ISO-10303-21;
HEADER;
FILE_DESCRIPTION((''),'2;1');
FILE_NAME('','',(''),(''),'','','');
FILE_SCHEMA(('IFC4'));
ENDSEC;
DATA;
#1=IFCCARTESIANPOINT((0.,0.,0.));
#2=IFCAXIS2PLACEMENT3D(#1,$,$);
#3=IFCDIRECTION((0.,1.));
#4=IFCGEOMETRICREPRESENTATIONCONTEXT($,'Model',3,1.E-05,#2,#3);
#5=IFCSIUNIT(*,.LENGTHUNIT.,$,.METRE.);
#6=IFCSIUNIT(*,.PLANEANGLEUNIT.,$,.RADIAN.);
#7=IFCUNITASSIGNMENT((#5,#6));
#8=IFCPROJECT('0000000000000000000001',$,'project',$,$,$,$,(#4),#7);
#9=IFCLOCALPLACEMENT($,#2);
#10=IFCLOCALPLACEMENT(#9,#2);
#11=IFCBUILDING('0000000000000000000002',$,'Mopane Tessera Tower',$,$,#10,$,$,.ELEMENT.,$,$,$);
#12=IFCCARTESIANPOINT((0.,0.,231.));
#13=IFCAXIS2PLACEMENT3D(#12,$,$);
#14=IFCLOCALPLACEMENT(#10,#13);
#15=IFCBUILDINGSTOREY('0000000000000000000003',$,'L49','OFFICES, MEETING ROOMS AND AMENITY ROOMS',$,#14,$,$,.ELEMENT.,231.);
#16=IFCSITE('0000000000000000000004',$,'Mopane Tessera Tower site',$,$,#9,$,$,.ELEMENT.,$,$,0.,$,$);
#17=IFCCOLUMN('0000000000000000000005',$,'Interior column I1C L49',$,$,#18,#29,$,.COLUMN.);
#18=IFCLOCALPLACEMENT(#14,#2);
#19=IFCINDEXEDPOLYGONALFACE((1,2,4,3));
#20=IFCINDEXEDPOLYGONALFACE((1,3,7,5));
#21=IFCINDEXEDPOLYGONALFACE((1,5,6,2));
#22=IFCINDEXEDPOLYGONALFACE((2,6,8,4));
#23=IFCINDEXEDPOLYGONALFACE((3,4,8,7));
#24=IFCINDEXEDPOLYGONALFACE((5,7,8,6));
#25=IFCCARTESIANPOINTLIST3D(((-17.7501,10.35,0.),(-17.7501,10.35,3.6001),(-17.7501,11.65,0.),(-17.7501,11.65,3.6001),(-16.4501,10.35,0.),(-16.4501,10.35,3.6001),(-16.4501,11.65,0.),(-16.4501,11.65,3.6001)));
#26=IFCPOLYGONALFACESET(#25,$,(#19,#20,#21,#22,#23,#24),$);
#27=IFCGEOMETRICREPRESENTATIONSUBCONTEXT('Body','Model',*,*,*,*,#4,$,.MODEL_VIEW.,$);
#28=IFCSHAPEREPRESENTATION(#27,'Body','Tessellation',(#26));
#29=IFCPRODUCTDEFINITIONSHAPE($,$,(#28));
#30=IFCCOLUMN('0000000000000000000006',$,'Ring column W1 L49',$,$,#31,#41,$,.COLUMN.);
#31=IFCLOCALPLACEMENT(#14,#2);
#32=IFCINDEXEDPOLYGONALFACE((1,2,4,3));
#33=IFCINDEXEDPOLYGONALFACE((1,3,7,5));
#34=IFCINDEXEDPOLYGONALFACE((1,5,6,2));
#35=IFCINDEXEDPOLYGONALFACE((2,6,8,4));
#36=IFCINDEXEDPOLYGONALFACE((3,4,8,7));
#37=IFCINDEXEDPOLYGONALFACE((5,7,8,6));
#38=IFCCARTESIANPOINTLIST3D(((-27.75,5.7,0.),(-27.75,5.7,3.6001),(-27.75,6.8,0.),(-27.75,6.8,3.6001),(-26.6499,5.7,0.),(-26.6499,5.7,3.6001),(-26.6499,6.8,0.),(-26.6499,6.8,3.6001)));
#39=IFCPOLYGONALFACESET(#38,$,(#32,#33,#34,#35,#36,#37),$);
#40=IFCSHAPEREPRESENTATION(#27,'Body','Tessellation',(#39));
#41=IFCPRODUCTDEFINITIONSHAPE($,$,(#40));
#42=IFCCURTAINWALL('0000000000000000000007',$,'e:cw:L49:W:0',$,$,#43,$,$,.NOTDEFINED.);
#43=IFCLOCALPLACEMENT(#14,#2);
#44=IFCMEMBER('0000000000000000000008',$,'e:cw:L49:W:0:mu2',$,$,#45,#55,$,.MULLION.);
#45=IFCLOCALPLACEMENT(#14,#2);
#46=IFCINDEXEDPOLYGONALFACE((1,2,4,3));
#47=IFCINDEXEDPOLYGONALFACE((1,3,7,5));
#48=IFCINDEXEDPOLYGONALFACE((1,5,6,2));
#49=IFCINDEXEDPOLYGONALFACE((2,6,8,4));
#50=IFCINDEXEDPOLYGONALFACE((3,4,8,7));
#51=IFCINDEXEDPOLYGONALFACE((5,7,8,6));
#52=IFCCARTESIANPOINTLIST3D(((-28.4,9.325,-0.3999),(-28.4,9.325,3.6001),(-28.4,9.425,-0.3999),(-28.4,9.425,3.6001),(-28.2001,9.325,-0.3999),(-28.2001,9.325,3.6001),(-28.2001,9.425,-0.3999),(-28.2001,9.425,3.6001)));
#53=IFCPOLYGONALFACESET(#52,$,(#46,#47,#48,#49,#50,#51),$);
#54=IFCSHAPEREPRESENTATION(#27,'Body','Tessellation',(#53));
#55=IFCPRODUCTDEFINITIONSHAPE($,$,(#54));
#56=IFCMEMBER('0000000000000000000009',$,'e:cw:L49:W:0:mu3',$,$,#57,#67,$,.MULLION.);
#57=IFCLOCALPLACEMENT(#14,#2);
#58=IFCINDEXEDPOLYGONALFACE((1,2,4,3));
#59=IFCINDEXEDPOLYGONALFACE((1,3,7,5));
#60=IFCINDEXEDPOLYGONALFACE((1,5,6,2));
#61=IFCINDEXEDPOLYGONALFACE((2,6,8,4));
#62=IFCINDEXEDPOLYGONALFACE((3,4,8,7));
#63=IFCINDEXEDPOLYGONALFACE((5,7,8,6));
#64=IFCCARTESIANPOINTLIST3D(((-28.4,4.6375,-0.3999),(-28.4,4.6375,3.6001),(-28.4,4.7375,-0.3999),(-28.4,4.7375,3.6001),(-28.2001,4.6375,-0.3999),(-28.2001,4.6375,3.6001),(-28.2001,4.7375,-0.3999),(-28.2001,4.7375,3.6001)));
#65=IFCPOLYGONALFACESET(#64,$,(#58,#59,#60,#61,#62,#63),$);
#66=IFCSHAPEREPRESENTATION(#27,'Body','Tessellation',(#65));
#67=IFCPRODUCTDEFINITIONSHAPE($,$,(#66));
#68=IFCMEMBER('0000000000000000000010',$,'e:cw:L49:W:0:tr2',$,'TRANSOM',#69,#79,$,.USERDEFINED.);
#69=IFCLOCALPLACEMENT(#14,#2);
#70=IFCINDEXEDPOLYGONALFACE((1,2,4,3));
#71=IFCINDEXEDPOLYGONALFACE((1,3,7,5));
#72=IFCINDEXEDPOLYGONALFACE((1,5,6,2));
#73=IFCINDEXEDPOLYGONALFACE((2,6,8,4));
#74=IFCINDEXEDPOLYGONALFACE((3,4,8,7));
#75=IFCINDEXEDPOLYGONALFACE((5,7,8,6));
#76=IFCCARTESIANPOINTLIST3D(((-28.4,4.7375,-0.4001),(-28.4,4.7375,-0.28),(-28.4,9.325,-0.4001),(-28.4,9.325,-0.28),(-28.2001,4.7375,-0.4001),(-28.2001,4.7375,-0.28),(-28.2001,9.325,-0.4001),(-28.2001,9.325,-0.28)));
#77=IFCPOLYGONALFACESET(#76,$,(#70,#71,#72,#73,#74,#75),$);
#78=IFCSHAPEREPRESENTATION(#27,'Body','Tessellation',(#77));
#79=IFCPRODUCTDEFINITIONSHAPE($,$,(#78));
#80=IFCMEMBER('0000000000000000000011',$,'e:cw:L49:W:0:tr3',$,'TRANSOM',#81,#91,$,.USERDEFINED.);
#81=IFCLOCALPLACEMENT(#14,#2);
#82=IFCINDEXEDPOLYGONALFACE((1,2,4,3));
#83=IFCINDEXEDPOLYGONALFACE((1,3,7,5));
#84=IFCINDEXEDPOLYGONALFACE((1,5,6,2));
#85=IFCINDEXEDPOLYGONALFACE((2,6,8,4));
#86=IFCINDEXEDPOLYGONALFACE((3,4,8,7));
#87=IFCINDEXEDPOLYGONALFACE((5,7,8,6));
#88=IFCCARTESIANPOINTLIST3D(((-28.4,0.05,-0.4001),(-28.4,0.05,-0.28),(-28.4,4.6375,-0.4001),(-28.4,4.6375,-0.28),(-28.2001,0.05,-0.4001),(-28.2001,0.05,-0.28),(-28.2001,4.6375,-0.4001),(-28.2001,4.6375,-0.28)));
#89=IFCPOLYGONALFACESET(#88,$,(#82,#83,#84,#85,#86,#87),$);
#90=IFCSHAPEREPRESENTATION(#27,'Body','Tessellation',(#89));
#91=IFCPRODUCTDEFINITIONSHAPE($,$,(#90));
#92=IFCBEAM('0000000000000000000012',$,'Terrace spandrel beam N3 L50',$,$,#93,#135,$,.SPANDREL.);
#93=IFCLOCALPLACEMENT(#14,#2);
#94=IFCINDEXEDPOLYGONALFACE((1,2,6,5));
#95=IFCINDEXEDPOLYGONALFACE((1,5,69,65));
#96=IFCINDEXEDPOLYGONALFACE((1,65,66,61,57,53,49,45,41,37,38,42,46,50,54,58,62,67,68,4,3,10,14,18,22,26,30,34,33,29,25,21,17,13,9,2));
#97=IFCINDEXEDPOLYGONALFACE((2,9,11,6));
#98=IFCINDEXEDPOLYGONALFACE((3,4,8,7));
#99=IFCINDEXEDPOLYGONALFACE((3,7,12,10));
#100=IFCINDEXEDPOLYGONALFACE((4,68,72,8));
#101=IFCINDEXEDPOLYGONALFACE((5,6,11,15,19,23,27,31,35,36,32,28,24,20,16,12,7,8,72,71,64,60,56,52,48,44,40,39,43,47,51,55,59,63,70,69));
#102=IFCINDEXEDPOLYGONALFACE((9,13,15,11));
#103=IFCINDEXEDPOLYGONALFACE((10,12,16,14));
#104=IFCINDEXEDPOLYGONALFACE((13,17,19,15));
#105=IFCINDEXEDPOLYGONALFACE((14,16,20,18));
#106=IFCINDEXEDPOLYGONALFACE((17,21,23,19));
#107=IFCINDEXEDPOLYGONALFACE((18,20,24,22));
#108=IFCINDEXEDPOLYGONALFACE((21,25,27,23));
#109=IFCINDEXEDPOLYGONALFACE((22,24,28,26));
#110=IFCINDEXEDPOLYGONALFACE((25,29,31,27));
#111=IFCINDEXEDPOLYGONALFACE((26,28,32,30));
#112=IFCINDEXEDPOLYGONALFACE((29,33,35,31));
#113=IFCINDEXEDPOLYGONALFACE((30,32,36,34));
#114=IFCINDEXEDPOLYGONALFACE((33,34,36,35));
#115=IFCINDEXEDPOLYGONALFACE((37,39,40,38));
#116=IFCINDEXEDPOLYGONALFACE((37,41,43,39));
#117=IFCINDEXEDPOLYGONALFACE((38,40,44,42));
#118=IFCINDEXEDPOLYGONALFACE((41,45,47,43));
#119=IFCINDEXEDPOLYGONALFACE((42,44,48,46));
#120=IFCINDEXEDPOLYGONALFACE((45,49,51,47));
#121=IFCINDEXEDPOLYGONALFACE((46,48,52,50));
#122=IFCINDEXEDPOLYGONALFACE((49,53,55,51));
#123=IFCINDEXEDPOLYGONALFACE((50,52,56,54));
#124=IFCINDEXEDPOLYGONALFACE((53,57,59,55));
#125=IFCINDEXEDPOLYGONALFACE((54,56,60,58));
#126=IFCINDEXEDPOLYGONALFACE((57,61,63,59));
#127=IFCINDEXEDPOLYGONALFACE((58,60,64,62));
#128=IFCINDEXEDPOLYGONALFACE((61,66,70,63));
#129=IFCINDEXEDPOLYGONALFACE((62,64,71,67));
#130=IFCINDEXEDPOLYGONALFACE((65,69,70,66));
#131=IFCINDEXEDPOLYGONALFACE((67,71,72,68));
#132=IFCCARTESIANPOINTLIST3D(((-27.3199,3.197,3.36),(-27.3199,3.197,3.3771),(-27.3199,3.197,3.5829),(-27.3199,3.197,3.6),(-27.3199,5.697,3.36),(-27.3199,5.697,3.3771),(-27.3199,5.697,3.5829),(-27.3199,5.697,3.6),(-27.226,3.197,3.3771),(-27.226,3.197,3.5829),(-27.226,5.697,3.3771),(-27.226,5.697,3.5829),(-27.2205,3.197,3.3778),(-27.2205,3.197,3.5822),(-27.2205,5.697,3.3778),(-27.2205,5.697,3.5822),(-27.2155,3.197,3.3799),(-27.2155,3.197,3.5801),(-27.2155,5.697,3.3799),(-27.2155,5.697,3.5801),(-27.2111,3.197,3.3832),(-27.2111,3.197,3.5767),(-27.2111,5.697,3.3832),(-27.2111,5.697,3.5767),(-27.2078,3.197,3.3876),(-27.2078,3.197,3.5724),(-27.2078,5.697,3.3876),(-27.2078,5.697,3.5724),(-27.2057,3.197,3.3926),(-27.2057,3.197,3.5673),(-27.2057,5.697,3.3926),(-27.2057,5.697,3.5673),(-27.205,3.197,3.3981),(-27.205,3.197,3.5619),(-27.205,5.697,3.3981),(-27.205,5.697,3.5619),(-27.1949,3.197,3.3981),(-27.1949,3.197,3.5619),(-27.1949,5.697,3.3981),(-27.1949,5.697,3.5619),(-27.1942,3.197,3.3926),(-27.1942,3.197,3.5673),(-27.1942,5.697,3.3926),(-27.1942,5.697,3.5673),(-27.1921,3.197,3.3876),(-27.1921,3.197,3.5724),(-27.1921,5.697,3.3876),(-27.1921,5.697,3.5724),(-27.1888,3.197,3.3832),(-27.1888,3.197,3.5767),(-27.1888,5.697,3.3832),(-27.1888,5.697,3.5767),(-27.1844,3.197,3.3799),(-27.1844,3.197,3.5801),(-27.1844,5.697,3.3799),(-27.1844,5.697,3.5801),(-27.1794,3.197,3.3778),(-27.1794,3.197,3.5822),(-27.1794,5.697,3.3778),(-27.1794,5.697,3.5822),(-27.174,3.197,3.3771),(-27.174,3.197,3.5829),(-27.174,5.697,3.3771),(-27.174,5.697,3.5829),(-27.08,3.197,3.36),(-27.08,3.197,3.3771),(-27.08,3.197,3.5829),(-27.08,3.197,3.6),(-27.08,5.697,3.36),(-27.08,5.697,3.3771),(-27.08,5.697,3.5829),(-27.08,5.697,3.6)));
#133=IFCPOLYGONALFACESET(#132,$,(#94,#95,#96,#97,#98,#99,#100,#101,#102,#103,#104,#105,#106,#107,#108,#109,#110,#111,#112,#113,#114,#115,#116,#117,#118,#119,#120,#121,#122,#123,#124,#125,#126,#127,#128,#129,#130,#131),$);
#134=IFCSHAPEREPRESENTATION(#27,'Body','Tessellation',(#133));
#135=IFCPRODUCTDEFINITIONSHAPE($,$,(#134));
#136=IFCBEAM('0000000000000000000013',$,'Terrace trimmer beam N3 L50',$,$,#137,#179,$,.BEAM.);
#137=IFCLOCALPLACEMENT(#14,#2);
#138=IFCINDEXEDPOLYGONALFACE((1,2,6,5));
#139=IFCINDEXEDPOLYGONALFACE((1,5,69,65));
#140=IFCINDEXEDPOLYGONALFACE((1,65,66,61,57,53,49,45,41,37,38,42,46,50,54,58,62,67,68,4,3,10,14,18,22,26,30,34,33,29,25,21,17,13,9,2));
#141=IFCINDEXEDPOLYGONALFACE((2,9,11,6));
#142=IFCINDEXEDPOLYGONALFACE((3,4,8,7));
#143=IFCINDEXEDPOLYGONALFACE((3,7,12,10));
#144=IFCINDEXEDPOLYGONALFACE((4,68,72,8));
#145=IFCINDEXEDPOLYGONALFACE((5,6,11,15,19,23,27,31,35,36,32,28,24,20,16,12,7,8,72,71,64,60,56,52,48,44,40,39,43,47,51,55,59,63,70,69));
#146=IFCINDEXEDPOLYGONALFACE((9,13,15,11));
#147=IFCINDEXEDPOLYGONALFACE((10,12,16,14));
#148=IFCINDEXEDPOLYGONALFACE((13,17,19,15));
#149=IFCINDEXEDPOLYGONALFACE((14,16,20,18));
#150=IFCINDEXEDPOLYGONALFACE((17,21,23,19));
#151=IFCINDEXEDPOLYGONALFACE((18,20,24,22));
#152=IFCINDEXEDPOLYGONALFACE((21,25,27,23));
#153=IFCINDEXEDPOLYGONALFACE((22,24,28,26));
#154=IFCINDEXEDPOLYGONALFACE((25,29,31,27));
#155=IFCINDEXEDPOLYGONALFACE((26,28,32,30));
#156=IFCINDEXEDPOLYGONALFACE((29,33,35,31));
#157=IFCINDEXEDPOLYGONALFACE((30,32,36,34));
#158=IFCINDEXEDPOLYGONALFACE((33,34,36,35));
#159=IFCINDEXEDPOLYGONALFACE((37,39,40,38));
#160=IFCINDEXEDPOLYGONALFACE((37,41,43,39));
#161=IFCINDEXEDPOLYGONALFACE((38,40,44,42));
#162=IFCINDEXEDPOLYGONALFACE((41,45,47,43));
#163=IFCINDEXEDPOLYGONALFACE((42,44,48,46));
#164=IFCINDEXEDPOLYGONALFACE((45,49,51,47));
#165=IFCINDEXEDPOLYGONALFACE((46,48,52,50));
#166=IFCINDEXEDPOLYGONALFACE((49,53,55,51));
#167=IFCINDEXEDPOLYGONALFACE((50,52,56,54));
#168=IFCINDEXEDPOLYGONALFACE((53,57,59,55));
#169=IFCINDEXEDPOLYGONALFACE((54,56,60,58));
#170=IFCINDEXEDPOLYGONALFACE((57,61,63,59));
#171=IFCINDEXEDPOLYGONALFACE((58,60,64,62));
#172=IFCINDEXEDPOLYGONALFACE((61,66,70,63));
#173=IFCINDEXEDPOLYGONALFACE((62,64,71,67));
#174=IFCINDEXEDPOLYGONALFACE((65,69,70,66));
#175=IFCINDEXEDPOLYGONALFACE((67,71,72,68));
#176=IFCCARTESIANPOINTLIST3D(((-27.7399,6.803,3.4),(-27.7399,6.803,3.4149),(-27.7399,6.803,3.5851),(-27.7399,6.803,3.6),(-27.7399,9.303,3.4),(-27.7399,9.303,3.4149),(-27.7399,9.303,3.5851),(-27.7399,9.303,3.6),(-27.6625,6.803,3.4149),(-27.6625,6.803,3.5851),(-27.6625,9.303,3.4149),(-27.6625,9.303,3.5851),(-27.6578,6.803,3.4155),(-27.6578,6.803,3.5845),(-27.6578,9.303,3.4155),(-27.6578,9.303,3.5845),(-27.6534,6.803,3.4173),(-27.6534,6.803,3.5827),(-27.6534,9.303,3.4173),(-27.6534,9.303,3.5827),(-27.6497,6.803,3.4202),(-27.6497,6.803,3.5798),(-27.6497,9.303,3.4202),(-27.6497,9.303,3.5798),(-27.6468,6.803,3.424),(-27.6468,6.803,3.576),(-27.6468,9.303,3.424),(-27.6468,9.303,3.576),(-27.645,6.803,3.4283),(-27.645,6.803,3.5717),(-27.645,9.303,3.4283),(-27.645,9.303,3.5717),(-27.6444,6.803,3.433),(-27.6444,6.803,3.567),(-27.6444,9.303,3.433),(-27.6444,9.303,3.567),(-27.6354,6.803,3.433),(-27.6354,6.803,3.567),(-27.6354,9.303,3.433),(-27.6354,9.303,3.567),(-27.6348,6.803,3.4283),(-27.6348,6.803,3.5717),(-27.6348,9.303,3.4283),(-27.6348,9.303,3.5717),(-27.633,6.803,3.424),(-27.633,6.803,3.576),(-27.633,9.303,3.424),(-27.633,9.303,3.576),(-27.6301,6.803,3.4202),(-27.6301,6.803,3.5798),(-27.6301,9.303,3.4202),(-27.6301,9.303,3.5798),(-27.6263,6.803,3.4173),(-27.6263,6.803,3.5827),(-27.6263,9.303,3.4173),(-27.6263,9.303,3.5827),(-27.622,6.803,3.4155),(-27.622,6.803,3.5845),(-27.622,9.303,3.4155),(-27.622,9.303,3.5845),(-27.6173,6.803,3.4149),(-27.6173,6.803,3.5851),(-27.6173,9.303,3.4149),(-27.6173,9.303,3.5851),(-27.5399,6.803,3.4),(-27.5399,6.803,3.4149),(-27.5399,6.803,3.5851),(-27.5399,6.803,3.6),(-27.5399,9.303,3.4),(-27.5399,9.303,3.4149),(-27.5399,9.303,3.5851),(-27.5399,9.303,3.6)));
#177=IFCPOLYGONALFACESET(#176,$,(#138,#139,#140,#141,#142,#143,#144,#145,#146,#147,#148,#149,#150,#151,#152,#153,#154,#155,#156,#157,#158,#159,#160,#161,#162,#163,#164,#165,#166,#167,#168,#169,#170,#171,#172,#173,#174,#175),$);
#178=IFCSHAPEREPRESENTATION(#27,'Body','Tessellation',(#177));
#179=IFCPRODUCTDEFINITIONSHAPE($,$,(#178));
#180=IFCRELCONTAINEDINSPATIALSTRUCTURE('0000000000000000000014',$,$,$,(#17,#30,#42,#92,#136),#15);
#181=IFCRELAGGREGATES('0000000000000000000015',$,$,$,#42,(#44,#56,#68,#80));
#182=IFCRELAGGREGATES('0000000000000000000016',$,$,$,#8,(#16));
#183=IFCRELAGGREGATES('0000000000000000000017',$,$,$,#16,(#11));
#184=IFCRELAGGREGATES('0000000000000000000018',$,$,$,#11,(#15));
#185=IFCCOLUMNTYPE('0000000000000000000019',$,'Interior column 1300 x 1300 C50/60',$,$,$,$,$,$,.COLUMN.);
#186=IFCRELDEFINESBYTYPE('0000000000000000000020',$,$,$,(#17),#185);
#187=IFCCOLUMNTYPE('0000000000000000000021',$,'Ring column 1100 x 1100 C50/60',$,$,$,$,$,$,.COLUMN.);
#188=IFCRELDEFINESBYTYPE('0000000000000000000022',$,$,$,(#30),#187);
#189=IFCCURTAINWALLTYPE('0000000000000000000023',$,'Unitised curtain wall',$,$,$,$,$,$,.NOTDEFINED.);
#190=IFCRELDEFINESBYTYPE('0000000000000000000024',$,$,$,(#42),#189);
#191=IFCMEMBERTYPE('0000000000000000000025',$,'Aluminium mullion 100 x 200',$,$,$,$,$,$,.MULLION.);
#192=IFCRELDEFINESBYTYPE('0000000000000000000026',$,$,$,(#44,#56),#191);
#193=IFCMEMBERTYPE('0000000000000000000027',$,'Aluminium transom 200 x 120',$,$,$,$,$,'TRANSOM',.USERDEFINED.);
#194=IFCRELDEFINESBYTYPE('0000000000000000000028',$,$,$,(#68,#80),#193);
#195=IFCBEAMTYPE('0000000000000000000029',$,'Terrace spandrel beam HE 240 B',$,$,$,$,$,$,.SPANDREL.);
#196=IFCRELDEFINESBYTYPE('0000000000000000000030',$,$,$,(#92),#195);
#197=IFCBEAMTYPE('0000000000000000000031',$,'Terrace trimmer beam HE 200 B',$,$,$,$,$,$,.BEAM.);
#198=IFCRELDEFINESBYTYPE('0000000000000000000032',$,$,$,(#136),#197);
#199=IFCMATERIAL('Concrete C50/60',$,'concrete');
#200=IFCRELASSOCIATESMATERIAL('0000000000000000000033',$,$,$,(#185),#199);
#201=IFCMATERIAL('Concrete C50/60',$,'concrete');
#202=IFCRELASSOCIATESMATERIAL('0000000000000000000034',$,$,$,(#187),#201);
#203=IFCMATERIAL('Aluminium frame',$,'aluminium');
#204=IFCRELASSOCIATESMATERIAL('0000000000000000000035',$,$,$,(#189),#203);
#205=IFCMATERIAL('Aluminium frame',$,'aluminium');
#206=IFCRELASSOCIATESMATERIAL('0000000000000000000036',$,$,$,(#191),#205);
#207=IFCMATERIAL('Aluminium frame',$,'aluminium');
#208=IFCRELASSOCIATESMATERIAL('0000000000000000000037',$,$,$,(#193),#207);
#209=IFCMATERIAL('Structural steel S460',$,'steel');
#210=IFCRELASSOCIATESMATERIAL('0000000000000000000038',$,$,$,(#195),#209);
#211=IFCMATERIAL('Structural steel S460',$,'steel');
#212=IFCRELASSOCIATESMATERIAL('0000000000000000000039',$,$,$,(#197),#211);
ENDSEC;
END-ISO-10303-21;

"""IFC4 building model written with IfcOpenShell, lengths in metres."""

from ifc_helpers import new_model, si_unit, direction, frame, origin, origin_2d, place, context, subcontext, project, spatial, rectangle, i_section, extrude, material, material_profile, profile_set, type_object, element, aggregate, save


model = new_model("IFC4")

# Units and contexts
model_context = context("Model", 3, precision=1e-05, world=origin(), true_north=direction((0.0, 1.0)))
body_context = subcontext(model_context, "Body", "Model", "MODEL_VIEW")
ifc_project = project(units=[si_unit("LENGTHUNIT", "METRE"), si_unit("PLANEANGLEUNIT", "RADIAN")], contexts=[model_context])

# Site, building, storey
site_placement = place(None, origin())
site = spatial("IfcSite", under=ifc_project, at=site_placement, Name="Mopane Tessera Tower site", CompositionType="ELEMENT", RefElevation=0.0)
building_placement = place(site_placement, origin())
building = spatial("IfcBuilding", under=site, at=building_placement, Name="Mopane Tessera Tower", CompositionType="ELEMENT")
storey_placement = place(building_placement, frame((0.0, 0.0, 231.0)))
storey = spatial("IfcBuildingStorey", under=building, at=storey_placement, Name="L49", Description="OFFICES, MEETING ROOMS AND AMENITY ROOMS", CompositionType="ELEMENT", Elevation=231.0)

# Columns
ifc_material_1 = material(Name="Concrete C50/60", Category="concrete")
ifc_material_profile_1 = material_profile(ifc_material_1, rectangle(XDim=1.3, YDim=1.3, at=origin_2d()))
ifc_profile_set_1 = profile_set([ifc_material_profile_1], Name="Concrete C50/60")
column_type_1 = type_object("IfcColumnType", Name="Interior column 1300 x 1300 C50/60", PredefinedType="COLUMN", material=ifc_profile_set_1)
column_1_placement = place(storey_placement, frame((-17.1001, 11.0, 0.0), z_axis=(0.0, 0.0, 1.0), x_axis=(1.0, 0.0, 0.0)))
element("IfcColumn", 1, at=column_1_placement, inside=storey, type_object=column_type_1, Name="Interior column I1C L49", PredefinedType="COLUMN", context=body_context, shape_type="SweptSolid", body=[
    extrude(rectangle(XDim=1.3, YDim=1.3, at=origin_2d()), origin(), (0.0, 0.0, 1.0), 3.6001),
])
ifc_material_2 = material(Name="Concrete C50/60", Category="concrete")
ifc_material_profile_2 = material_profile(ifc_material_2, rectangle(XDim=1.1001, YDim=1.1001, at=origin_2d()))
ifc_profile_set_2 = profile_set([ifc_material_profile_2], Name="Concrete C50/60")
column_type_2 = type_object("IfcColumnType", Name="Ring column 1100 x 1100 C50/60", PredefinedType="COLUMN", material=ifc_profile_set_2)
column_2_placement = place(storey_placement, frame((-27.2, 6.25, 0.0), z_axis=(0.0, 0.0, 1.0), x_axis=(1.0, 0.0, 0.0)))
element("IfcColumn", 2, at=column_2_placement, inside=storey, type_object=column_type_2, Name="Ring column W1 L49", PredefinedType="COLUMN", context=body_context, shape_type="SweptSolid", body=[
    extrude(rectangle(XDim=1.1001, YDim=1.1001, at=origin_2d()), origin(), (0.0, 0.0, 1.0), 3.6001),
])

# Curtain wall, members
ifc_material_3 = material(Name="Aluminium frame", Category="aluminium")
curtain_wall_type = type_object("IfcCurtainWallType", Name="Unitised curtain wall", PredefinedType="NOTDEFINED", material=ifc_material_3)
curtain_wall_placement = place(storey_placement, origin())
curtain_wall = element("IfcCurtainWall", 3, at=curtain_wall_placement, inside=storey, type_object=curtain_wall_type, Name="e:cw:L49:W:0", PredefinedType="NOTDEFINED")
ifc_material_4 = material(Name="Aluminium frame", Category="aluminium")
ifc_material_profile_3 = material_profile(ifc_material_4, rectangle(XDim=0.1001, YDim=0.2, at=origin_2d()))
ifc_profile_set_3 = profile_set([ifc_material_profile_3], Name="Aluminium frame")
member_type_1 = type_object("IfcMemberType", Name="Aluminium mullion 100 x 200", PredefinedType="MULLION", material=ifc_profile_set_3)
member_1_placement = place(storey_placement, frame((-28.3, 9.375, -0.3999), z_axis=(0.0, 0.0, 1.0), x_axis=(0.0, -1.0, 0.0)))
member_1 = element("IfcMember", 4, at=member_1_placement, type_object=member_type_1, Name="e:cw:L49:W:0:mu2", PredefinedType="MULLION", context=body_context, shape_type="SweptSolid", body=[
    extrude(rectangle(XDim=0.1001, YDim=0.2, at=origin_2d()), origin(), (0.0, 0.0, 1.0), 4.0),
])
member_2_placement = place(storey_placement, frame((-28.3, 4.6875, -0.3999), z_axis=(0.0, 0.0, 1.0), x_axis=(0.0, -1.0, 0.0)))
member_2 = element("IfcMember", 5, at=member_2_placement, type_object=member_type_1, Name="e:cw:L49:W:0:mu3", PredefinedType="MULLION", context=body_context, shape_type="SweptSolid", body=[
    extrude(rectangle(XDim=0.1001, YDim=0.2, at=origin_2d()), origin(), (0.0, 0.0, 1.0), 4.0),
])
ifc_material_5 = material(Name="Aluminium frame", Category="aluminium")
ifc_material_profile_4 = material_profile(ifc_material_5, rectangle(XDim=0.2, YDim=0.1201, at=origin_2d()))
ifc_profile_set_4 = profile_set([ifc_material_profile_4], Name="Aluminium frame")
member_type_2 = type_object("IfcMemberType", Name="Aluminium transom 200 x 120", ElementType="TRANSOM", PredefinedType="USERDEFINED", material=ifc_profile_set_4)
member_3_placement = place(storey_placement, frame((-28.3, 9.325, -0.3401), z_axis=(0.0, -1.0, 0.0), x_axis=(1.0, 0.0, 0.0)))
member_3 = element("IfcMember", 6, at=member_3_placement, type_object=member_type_2, Name="e:cw:L49:W:0:tr2", ObjectType="TRANSOM", PredefinedType="USERDEFINED", context=body_context, shape_type="SweptSolid", body=[
    extrude(rectangle(XDim=0.2, YDim=0.1201, at=origin_2d()), origin(), (0.0, 0.0, 1.0), 4.5874),
])
member_4_placement = place(storey_placement, frame((-28.3, 4.6375, -0.3401), z_axis=(0.0, -1.0, 0.0), x_axis=(1.0, 0.0, 0.0)))
member_4 = element("IfcMember", 7, at=member_4_placement, type_object=member_type_2, Name="e:cw:L49:W:0:tr3", ObjectType="TRANSOM", PredefinedType="USERDEFINED", context=body_context, shape_type="SweptSolid", body=[
    extrude(rectangle(XDim=0.2, YDim=0.1201, at=origin_2d()), origin(), (0.0, 0.0, 1.0), 4.5874),
])

# Beams
ifc_material_6 = material(Name="Structural steel S460", Category="steel")
ifc_material_profile_5 = material_profile(ifc_material_6, i_section(OverallWidth=0.24, OverallDepth=0.24, WebThickness=0.01, FlangeThickness=0.0171, FilletRadius=0.021, at=origin_2d()))
ifc_profile_set_5 = profile_set([ifc_material_profile_5], Name="Structural steel S460")
beam_type_1 = type_object("IfcBeamType", Name="Terrace spandrel beam HE 240 B", PredefinedType="SPANDREL", material=ifc_profile_set_5)
beam_1_placement = place(storey_placement, frame((-27.2, 5.697, 3.48), z_axis=(0.0, -1.0, 0.0), x_axis=(1.0, 0.0, 0.0)))
element("IfcBeam", 8, at=beam_1_placement, inside=storey, type_object=beam_type_1, Name="Terrace spandrel beam N3 L50", PredefinedType="SPANDREL", context=body_context, shape_type="SweptSolid", body=[
    extrude(i_section(OverallWidth=0.24, OverallDepth=0.24, WebThickness=0.01, FlangeThickness=0.0171, FilletRadius=0.021, at=origin_2d()), origin(), (0.0, 0.0, 1.0), 2.5),
])
ifc_material_7 = material(Name="Structural steel S460", Category="steel")
ifc_material_profile_6 = material_profile(ifc_material_7, i_section(OverallWidth=0.2, OverallDepth=0.2, WebThickness=0.009, FlangeThickness=0.0149, FilletRadius=0.0181, at=origin_2d()))
ifc_profile_set_6 = profile_set([ifc_material_profile_6], Name="Structural steel S460")
beam_type_2 = type_object("IfcBeamType", Name="Terrace trimmer beam HE 200 B", PredefinedType="BEAM", material=ifc_profile_set_6)
beam_2_placement = place(storey_placement, frame((-27.6399, 6.803, 3.5), z_axis=(0.0, 1.0, 0.0), x_axis=(-1.0, 0.0, 0.0)))
element("IfcBeam", 9, at=beam_2_placement, inside=storey, type_object=beam_type_2, Name="Terrace trimmer beam N3 L50", PredefinedType="BEAM", context=body_context, shape_type="SweptSolid", body=[
    extrude(i_section(OverallWidth=0.2, OverallDepth=0.2, WebThickness=0.009, FlangeThickness=0.0149, FilletRadius=0.0181, at=origin_2d()), origin(), (0.0, 0.0, 1.0), 2.5),
])

aggregate(curtain_wall, [member_1, member_2, member_3, member_4])

save(model, "model.ifc")
